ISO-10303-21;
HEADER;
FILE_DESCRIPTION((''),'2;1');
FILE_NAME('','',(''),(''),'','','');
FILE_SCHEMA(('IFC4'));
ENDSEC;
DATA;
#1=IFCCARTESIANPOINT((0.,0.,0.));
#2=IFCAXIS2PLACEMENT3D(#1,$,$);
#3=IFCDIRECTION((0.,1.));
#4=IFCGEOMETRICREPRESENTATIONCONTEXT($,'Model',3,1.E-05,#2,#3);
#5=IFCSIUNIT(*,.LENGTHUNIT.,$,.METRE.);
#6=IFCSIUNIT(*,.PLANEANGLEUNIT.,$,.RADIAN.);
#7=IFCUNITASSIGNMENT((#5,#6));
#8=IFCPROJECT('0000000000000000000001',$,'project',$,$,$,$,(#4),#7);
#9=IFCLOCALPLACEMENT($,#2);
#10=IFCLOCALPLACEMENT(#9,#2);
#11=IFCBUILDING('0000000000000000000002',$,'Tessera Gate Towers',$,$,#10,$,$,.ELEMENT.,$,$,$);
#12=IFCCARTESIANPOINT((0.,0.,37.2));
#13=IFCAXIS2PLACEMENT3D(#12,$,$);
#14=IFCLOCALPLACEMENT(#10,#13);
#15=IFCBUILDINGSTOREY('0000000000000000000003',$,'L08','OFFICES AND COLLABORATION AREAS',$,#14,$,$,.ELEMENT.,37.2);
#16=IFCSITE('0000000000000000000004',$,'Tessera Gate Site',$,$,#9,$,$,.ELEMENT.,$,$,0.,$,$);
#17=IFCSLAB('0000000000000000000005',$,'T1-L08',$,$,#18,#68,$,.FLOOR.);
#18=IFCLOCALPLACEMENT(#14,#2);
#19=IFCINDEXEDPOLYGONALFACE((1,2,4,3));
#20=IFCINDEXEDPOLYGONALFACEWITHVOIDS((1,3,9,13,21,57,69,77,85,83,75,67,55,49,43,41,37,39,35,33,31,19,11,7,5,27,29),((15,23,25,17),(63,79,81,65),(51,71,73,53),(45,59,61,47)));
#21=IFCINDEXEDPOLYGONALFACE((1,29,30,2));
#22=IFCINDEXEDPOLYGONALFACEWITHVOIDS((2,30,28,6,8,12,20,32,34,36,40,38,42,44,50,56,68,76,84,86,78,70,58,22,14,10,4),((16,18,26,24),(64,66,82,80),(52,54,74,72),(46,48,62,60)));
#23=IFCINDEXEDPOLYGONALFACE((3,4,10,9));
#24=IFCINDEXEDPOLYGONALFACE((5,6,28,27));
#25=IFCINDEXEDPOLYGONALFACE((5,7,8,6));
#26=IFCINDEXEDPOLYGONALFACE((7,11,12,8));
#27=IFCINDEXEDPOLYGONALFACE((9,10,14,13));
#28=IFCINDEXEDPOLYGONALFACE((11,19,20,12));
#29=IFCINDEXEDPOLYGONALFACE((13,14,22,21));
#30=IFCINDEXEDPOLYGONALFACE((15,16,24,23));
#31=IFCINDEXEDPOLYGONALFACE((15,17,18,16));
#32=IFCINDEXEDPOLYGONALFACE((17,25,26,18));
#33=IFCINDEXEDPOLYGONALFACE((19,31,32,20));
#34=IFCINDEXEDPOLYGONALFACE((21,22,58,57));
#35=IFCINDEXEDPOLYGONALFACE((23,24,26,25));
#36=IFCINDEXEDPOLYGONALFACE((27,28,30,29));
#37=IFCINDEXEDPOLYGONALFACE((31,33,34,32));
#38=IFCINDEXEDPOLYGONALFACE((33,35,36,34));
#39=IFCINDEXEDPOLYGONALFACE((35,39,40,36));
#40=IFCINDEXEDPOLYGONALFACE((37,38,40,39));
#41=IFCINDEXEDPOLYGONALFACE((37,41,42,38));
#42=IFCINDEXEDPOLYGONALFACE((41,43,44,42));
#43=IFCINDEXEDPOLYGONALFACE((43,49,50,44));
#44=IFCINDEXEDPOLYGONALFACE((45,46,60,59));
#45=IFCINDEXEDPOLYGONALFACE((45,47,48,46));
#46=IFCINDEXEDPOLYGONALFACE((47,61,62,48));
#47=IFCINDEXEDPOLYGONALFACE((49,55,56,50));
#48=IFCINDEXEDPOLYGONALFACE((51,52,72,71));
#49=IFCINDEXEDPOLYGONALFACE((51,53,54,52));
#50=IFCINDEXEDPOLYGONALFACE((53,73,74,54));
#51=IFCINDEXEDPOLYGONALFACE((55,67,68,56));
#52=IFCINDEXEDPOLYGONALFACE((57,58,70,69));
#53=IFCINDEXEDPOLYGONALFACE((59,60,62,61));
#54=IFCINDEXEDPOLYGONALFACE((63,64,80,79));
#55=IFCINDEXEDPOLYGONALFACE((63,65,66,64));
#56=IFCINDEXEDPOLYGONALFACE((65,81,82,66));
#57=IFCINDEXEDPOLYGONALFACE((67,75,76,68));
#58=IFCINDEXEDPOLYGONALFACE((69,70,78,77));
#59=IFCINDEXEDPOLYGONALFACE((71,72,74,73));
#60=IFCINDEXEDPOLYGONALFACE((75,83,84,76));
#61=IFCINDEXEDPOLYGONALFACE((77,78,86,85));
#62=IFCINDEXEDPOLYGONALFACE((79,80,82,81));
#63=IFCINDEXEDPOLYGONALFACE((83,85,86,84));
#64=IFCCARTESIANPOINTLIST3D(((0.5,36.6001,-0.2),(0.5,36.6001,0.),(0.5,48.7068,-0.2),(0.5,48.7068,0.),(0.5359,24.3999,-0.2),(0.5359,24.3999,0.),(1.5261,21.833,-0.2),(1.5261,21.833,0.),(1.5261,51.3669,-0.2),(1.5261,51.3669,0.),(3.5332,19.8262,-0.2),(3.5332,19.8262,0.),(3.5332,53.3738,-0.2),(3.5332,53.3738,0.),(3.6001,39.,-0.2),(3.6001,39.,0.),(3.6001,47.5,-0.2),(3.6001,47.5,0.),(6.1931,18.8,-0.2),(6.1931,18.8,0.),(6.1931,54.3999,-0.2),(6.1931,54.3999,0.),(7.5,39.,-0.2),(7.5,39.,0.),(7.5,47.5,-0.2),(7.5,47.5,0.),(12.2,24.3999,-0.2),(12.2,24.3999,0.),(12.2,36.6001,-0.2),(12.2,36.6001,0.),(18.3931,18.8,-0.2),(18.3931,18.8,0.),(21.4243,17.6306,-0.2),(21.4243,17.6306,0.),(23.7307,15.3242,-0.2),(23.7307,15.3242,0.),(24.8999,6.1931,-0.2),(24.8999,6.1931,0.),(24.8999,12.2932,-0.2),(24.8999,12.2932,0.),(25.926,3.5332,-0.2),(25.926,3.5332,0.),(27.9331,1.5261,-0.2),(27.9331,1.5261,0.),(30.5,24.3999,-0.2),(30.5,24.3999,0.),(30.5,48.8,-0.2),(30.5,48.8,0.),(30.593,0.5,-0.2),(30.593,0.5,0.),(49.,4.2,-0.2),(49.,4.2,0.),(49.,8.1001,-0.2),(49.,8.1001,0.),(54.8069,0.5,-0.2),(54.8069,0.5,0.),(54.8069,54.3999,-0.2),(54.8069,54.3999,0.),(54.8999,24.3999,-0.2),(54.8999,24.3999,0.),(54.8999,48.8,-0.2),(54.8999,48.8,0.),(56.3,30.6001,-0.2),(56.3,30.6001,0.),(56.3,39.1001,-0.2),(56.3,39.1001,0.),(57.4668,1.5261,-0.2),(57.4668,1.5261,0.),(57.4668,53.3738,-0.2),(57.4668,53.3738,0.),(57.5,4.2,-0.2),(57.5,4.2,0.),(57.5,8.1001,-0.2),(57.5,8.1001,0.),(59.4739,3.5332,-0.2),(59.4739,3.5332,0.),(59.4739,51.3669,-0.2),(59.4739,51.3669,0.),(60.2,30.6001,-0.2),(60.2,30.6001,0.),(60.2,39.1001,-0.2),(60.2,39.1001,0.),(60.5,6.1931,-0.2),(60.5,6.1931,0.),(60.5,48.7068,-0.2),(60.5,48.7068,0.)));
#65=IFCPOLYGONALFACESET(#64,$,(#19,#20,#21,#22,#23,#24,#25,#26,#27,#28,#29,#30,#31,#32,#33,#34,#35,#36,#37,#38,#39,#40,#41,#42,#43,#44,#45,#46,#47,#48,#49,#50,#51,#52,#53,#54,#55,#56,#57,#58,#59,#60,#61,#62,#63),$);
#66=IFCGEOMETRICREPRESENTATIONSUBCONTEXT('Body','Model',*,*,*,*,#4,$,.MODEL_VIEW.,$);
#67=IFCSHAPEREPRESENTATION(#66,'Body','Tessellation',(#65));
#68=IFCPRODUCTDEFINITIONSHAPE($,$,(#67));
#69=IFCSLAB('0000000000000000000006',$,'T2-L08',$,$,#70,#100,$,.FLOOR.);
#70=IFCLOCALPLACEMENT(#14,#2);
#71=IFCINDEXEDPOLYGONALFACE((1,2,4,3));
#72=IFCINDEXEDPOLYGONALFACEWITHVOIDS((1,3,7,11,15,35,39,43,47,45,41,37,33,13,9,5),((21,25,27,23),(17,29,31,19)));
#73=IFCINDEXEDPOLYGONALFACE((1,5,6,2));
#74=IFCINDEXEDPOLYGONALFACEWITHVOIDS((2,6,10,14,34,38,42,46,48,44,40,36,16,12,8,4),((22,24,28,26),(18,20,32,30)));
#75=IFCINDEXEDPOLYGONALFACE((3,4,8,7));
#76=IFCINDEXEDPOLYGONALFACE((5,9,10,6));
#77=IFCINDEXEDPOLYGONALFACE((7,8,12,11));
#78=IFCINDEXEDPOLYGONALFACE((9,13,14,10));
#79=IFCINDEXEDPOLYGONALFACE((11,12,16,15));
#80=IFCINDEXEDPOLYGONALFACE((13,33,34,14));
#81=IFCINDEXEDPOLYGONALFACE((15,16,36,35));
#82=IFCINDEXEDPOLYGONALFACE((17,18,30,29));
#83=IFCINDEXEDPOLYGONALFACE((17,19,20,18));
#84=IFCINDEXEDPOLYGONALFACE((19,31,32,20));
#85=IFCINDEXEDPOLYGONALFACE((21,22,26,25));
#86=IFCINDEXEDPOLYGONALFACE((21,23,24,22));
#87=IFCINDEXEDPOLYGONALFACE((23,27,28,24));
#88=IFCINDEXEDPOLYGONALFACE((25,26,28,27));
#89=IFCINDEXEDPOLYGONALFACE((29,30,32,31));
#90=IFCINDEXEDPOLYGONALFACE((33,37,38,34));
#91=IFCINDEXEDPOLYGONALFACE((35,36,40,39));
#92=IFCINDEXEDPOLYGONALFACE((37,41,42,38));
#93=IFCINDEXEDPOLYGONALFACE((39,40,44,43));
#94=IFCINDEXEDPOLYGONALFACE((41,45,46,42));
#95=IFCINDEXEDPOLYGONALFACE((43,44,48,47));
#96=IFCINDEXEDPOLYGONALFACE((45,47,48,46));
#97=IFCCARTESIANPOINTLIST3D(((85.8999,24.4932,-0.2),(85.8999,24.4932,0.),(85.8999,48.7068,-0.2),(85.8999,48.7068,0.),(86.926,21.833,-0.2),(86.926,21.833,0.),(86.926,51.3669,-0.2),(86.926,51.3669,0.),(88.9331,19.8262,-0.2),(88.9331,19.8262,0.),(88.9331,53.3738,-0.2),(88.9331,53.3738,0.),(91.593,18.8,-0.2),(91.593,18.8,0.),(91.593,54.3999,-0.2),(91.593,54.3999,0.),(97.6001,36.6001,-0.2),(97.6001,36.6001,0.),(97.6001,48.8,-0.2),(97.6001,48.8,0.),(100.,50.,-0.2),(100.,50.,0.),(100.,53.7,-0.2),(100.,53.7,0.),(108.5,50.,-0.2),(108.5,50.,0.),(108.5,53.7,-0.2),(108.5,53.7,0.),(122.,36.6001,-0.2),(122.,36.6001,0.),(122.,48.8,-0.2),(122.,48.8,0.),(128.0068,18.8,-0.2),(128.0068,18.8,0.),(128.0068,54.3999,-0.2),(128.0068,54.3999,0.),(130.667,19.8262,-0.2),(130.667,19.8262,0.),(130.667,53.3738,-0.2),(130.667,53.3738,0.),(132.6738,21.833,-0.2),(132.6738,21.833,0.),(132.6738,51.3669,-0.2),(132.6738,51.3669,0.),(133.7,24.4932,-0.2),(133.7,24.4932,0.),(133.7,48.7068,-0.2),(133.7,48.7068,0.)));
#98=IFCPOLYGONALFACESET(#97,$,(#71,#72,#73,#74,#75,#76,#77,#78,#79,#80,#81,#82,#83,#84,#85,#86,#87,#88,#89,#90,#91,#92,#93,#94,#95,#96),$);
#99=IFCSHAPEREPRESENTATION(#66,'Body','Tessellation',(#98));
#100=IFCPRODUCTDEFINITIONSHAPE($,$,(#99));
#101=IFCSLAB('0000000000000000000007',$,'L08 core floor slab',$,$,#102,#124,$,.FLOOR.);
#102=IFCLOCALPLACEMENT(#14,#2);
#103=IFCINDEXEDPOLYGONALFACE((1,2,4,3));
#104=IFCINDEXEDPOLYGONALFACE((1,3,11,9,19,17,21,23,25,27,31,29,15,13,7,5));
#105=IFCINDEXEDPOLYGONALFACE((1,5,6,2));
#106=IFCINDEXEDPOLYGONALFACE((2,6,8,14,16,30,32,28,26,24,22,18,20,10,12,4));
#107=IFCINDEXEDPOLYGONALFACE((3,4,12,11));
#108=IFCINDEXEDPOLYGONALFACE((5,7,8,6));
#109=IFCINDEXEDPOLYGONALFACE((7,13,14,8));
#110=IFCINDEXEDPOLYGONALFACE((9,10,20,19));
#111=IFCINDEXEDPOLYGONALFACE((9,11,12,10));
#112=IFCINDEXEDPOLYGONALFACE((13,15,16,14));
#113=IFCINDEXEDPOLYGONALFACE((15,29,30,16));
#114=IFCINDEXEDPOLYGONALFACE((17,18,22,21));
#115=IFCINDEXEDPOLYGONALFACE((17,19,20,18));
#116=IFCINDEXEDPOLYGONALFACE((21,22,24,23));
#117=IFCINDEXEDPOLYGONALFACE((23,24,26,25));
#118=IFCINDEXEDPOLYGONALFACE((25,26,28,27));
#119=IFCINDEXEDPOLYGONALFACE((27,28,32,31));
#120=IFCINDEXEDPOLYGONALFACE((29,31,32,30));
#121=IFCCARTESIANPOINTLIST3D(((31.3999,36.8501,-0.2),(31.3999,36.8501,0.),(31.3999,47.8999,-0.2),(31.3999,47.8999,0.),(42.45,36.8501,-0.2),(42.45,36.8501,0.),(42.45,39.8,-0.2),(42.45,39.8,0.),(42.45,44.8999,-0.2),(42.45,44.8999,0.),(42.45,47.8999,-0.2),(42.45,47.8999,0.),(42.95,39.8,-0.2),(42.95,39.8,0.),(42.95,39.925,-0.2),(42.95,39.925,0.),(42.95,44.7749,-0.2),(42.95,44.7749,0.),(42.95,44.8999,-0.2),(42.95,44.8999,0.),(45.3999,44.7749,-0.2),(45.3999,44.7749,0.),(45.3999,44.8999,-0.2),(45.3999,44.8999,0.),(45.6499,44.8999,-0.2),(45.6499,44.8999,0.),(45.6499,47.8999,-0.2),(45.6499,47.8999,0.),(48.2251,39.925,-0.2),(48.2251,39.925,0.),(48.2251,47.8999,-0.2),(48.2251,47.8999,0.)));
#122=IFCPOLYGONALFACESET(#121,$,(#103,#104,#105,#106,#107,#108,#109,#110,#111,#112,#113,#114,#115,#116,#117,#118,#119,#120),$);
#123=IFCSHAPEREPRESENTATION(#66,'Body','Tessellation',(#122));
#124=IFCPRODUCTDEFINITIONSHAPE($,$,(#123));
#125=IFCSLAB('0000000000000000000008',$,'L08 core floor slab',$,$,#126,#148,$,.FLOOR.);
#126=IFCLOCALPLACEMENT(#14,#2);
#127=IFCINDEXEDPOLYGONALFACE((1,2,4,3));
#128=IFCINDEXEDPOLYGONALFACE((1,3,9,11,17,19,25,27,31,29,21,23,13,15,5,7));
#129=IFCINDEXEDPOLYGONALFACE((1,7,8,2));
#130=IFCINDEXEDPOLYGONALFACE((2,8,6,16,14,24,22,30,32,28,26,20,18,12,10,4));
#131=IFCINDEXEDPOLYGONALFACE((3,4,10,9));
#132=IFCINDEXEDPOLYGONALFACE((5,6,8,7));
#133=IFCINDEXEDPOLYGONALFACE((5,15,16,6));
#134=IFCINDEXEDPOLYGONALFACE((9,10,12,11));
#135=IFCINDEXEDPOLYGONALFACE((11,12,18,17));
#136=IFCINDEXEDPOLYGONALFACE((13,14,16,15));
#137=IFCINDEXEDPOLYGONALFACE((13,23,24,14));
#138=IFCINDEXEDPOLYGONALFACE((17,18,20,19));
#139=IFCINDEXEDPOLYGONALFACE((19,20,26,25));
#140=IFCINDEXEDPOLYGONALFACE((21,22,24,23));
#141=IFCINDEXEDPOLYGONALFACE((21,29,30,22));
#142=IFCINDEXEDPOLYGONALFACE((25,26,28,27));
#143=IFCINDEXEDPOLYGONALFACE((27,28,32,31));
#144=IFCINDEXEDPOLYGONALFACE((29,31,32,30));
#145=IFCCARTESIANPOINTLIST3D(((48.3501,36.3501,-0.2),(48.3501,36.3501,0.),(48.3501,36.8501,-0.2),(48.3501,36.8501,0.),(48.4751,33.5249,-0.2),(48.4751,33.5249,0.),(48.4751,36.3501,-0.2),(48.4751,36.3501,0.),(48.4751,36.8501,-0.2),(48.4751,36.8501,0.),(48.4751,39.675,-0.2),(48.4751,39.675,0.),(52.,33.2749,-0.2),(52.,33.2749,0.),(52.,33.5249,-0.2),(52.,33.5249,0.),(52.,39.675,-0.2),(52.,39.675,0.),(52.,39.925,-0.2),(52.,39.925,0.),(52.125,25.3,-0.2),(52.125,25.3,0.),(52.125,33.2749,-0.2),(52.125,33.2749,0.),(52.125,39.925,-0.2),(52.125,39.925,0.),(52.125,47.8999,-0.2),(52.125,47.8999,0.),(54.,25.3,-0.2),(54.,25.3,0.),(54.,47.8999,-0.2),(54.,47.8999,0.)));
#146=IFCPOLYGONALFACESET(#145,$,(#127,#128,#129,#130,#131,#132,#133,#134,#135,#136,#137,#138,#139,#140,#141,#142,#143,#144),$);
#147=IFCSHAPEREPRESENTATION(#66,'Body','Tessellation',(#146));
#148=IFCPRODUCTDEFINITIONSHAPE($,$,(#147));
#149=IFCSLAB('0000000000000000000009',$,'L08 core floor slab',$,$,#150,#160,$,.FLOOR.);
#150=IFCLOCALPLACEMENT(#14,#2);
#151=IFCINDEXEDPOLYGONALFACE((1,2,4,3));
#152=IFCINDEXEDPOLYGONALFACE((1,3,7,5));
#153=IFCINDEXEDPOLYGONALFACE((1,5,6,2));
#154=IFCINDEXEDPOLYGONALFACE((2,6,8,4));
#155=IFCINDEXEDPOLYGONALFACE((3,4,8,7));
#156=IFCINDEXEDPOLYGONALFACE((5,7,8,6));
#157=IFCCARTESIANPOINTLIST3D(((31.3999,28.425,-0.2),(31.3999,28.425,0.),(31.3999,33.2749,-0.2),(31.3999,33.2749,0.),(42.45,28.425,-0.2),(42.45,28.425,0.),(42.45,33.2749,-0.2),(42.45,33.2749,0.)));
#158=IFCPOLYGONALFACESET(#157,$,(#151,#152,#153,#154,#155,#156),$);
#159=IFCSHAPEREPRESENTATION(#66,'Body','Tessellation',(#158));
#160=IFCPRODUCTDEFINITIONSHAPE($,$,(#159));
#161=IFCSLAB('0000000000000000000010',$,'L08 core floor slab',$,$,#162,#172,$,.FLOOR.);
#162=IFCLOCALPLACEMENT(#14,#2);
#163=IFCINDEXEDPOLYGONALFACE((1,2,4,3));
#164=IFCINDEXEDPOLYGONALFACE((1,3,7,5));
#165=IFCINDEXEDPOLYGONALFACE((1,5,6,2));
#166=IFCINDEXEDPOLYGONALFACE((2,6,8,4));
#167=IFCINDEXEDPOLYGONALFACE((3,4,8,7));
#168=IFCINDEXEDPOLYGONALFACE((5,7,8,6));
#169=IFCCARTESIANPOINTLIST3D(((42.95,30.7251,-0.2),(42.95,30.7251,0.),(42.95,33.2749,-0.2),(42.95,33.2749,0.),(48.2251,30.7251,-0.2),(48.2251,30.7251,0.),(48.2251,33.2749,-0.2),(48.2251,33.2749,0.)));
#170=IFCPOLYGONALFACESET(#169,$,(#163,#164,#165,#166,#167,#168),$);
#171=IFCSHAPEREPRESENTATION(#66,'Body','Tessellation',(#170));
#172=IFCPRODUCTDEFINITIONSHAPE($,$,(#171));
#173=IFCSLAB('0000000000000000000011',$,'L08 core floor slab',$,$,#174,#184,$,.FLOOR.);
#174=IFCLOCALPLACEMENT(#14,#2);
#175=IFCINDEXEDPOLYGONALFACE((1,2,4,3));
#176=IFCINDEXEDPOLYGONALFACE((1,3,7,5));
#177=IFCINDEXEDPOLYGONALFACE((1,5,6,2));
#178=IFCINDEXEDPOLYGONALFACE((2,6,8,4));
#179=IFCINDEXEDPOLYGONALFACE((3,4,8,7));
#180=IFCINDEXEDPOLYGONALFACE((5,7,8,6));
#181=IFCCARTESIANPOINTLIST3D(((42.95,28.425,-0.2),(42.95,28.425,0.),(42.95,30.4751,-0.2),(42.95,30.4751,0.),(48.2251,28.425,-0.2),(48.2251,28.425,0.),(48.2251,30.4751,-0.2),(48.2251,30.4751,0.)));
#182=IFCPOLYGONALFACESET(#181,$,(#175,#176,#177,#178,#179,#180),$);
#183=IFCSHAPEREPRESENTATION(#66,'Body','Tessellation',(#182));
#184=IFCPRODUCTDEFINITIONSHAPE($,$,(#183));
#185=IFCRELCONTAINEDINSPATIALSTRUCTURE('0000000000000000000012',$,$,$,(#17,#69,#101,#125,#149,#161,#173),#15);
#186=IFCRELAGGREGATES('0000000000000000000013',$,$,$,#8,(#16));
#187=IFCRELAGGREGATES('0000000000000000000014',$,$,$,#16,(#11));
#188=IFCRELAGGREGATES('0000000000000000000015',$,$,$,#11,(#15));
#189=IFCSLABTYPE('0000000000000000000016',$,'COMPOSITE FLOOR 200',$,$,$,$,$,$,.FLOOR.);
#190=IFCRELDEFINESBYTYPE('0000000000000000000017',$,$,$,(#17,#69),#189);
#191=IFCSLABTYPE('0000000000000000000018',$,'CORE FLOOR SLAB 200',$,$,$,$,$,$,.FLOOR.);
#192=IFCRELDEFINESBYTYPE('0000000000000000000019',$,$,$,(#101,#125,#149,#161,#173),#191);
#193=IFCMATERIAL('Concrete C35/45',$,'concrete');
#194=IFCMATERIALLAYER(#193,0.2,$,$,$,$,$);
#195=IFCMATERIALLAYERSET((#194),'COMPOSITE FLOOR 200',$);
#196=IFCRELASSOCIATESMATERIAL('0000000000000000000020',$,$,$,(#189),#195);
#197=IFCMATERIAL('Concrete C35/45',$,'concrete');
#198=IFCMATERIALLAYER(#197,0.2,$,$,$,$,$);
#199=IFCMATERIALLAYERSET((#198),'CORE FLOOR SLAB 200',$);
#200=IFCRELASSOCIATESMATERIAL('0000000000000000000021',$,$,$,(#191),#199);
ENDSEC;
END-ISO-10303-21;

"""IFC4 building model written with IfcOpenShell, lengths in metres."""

from ifc_helpers import new_model, si_unit, direction, frame, origin, place, context, subcontext, project, spatial, polyline, outline, extrude, material, layer, layer_set, type_object, element, save


model = new_model("IFC4")

# Units and contexts
model_context = context("Model", 3, precision=1e-05, world=origin(), true_north=direction((0.0, 1.0)))
body_context = subcontext(model_context, "Body", "Model", "MODEL_VIEW")
ifc_project = project(units=[si_unit("LENGTHUNIT", "METRE"), si_unit("PLANEANGLEUNIT", "RADIAN")], contexts=[model_context])

# Site, building, storey
site_placement = place(None, origin())
site = spatial("IfcSite", under=ifc_project, at=site_placement, Name="Tessera Gate Site", CompositionType="ELEMENT", RefElevation=0.0)
building_placement = place(site_placement, origin())
building = spatial("IfcBuilding", under=site, at=building_placement, Name="Tessera Gate Towers", CompositionType="ELEMENT")
storey_placement = place(building_placement, frame((0.0, 0.0, 37.2)))
storey = spatial("IfcBuildingStorey", under=building, at=storey_placement, Name="L08", Description="OFFICES AND COLLABORATION AREAS", CompositionType="ELEMENT", Elevation=37.2)

# Slabs
ifc_material_1 = material(Name="Concrete C35/45", Category="concrete")
ifc_layer_1 = layer(ifc_material_1, 0.2)
ifc_layer_set_1 = layer_set([ifc_layer_1], Name="COMPOSITE FLOOR 200")
slab_type_1 = type_object("IfcSlabType", Name="COMPOSITE FLOOR 200", PredefinedType="FLOOR", material=ifc_layer_set_1)
slab_1_placement = place(storey_placement, frame((0.0, 0.0, -0.2)))
element("IfcSlab", 1, at=slab_1_placement, inside=storey, type_object=slab_type_1, Name="T1-L08", PredefinedType="FLOOR", context=body_context, shape_type="SweptSolid", body=[
    extrude(outline(polyline([(0.5, 36.6001), (12.2, 36.6001), (12.2, 24.3999), (0.5359, 24.3999), (1.5261, 21.833), (3.5332, 19.8262), (6.1931, 18.8), (18.3931, 18.8), (21.4243, 17.6306), (23.7307, 15.3242), (24.8999, 12.2932), (24.8999, 6.1931), (25.926, 3.5332), (27.9331, 1.5261), (30.593, 0.5), (54.8069, 0.5), (57.4668, 1.5261), (59.4739, 3.5332), (60.5, 6.1931), (60.5, 48.7068), (59.4739, 51.3669), (57.4668, 53.3738), (54.8069, 54.3999), (6.1931, 54.3999), (3.5332, 53.3738), (1.5261, 51.3669), (0.5, 48.7068), (0.5, 36.6001)]), holes=[polyline([(3.6001, 39.0), (3.6001, 47.5), (7.5, 47.5), (7.5, 39.0), (3.6001, 39.0)]), polyline([(30.5, 24.3999), (30.5, 48.8), (54.8999, 48.8), (54.8999, 24.3999), (30.5, 24.3999)]), polyline([(49.0, 4.2), (49.0, 8.1001), (57.5, 8.1001), (57.5, 4.2), (49.0, 4.2)]), polyline([(56.3, 30.6001), (56.3, 39.1001), (60.2, 39.1001), (60.2, 30.6001), (56.3, 30.6001)])]), origin(), (0.0, 0.0, 1.0), 0.2),
])
slab_2_placement = place(storey_placement, frame((0.0, 0.0, -0.2)))
element("IfcSlab", 2, at=slab_2_placement, inside=storey, type_object=slab_type_1, Name="T2-L08", PredefinedType="FLOOR", context=body_context, shape_type="SweptSolid", body=[
    extrude(outline(polyline([(85.8999, 24.4932), (86.926, 21.833), (88.9331, 19.8262), (91.593, 18.8), (128.0068, 18.8), (130.667, 19.8262), (132.6738, 21.833), (133.7, 24.4932), (133.7, 48.7068), (132.6738, 51.3669), (130.667, 53.3738), (128.0068, 54.3999), (91.593, 54.3999), (88.9331, 53.3738), (86.926, 51.3669), (85.8999, 48.7068), (85.8999, 24.4932)]), holes=[polyline([(97.6001, 36.6001), (97.6001, 48.8), (122.0, 48.8), (122.0, 36.6001), (97.6001, 36.6001)]), polyline([(100.0, 50.0), (100.0, 53.7), (108.5, 53.7), (108.5, 50.0), (100.0, 50.0)])]), origin(), (0.0, 0.0, 1.0), 0.2),
])
ifc_material_2 = material(Name="Concrete C35/45", Category="concrete")
ifc_layer_2 = layer(ifc_material_2, 0.2)
ifc_layer_set_2 = layer_set([ifc_layer_2], Name="CORE FLOOR SLAB 200")
slab_type_2 = type_object("IfcSlabType", Name="CORE FLOOR SLAB 200", PredefinedType="FLOOR", material=ifc_layer_set_2)
slab_3_placement = place(storey_placement, frame((0.0, 0.0, -0.2)))
element("IfcSlab", 3, at=slab_3_placement, inside=storey, type_object=slab_type_2, Name="L08 core floor slab", PredefinedType="FLOOR", context=body_context, shape_type="SweptSolid", body=[
    extrude(outline(polyline([(31.3999, 47.8999), (31.3999, 36.8501), (42.45, 36.8501), (42.45, 39.8), (42.95, 39.8), (42.95, 39.925), (48.2251, 39.925), (48.2251, 47.8999), (45.6499, 47.8999), (45.6499, 44.8999), (45.3999, 44.8999), (45.3999, 44.7749), (42.95, 44.7749), (42.95, 44.8999), (42.45, 44.8999), (42.45, 47.8999), (31.3999, 47.8999)])), origin(), (0.0, 0.0, 1.0), 0.2),
])
slab_4_placement = place(storey_placement, frame((0.0, 0.0, -0.2)))
element("IfcSlab", 4, at=slab_4_placement, inside=storey, type_object=slab_type_2, Name="L08 core floor slab", PredefinedType="FLOOR", context=body_context, shape_type="SweptSolid", body=[
    extrude(outline(polyline([(48.3501, 36.8501), (48.3501, 36.3501), (48.4751, 36.3501), (48.4751, 33.5249), (52.0, 33.5249), (52.0, 33.2749), (52.125, 33.2749), (52.125, 25.3), (54.0, 25.3), (54.0, 47.8999), (52.125, 47.8999), (52.125, 39.925), (52.0, 39.925), (52.0, 39.675), (48.4751, 39.675), (48.4751, 36.8501), (48.3501, 36.8501)])), origin(), (0.0, 0.0, 1.0), 0.2),
])
slab_5_placement = place(storey_placement, frame((0.0, 0.0, -0.2)))
element("IfcSlab", 5, at=slab_5_placement, inside=storey, type_object=slab_type_2, Name="L08 core floor slab", PredefinedType="FLOOR", context=body_context, shape_type="SweptSolid", body=[
    extrude(outline(polyline([(42.45, 28.425), (42.45, 33.2749), (31.3999, 33.2749), (31.3999, 28.425), (42.45, 28.425)])), origin(), (0.0, 0.0, 1.0), 0.2),
])
slab_6_placement = place(storey_placement, frame((0.0, 0.0, -0.2)))
element("IfcSlab", 6, at=slab_6_placement, inside=storey, type_object=slab_type_2, Name="L08 core floor slab", PredefinedType="FLOOR", context=body_context, shape_type="SweptSolid", body=[
    extrude(outline(polyline([(42.95, 33.2749), (42.95, 30.7251), (48.2251, 30.7251), (48.2251, 33.2749), (42.95, 33.2749)])), origin(), (0.0, 0.0, 1.0), 0.2),
])
slab_7_placement = place(storey_placement, frame((0.0, 0.0, -0.2)))
element("IfcSlab", 7, at=slab_7_placement, inside=storey, type_object=slab_type_2, Name="L08 core floor slab", PredefinedType="FLOOR", context=body_context, shape_type="SweptSolid", body=[
    extrude(outline(polyline([(42.95, 30.4751), (42.95, 28.425), (48.2251, 28.425), (48.2251, 30.4751), (42.95, 30.4751)])), origin(), (0.0, 0.0, 1.0), 0.2),
])

save(model, "model.ifc")
